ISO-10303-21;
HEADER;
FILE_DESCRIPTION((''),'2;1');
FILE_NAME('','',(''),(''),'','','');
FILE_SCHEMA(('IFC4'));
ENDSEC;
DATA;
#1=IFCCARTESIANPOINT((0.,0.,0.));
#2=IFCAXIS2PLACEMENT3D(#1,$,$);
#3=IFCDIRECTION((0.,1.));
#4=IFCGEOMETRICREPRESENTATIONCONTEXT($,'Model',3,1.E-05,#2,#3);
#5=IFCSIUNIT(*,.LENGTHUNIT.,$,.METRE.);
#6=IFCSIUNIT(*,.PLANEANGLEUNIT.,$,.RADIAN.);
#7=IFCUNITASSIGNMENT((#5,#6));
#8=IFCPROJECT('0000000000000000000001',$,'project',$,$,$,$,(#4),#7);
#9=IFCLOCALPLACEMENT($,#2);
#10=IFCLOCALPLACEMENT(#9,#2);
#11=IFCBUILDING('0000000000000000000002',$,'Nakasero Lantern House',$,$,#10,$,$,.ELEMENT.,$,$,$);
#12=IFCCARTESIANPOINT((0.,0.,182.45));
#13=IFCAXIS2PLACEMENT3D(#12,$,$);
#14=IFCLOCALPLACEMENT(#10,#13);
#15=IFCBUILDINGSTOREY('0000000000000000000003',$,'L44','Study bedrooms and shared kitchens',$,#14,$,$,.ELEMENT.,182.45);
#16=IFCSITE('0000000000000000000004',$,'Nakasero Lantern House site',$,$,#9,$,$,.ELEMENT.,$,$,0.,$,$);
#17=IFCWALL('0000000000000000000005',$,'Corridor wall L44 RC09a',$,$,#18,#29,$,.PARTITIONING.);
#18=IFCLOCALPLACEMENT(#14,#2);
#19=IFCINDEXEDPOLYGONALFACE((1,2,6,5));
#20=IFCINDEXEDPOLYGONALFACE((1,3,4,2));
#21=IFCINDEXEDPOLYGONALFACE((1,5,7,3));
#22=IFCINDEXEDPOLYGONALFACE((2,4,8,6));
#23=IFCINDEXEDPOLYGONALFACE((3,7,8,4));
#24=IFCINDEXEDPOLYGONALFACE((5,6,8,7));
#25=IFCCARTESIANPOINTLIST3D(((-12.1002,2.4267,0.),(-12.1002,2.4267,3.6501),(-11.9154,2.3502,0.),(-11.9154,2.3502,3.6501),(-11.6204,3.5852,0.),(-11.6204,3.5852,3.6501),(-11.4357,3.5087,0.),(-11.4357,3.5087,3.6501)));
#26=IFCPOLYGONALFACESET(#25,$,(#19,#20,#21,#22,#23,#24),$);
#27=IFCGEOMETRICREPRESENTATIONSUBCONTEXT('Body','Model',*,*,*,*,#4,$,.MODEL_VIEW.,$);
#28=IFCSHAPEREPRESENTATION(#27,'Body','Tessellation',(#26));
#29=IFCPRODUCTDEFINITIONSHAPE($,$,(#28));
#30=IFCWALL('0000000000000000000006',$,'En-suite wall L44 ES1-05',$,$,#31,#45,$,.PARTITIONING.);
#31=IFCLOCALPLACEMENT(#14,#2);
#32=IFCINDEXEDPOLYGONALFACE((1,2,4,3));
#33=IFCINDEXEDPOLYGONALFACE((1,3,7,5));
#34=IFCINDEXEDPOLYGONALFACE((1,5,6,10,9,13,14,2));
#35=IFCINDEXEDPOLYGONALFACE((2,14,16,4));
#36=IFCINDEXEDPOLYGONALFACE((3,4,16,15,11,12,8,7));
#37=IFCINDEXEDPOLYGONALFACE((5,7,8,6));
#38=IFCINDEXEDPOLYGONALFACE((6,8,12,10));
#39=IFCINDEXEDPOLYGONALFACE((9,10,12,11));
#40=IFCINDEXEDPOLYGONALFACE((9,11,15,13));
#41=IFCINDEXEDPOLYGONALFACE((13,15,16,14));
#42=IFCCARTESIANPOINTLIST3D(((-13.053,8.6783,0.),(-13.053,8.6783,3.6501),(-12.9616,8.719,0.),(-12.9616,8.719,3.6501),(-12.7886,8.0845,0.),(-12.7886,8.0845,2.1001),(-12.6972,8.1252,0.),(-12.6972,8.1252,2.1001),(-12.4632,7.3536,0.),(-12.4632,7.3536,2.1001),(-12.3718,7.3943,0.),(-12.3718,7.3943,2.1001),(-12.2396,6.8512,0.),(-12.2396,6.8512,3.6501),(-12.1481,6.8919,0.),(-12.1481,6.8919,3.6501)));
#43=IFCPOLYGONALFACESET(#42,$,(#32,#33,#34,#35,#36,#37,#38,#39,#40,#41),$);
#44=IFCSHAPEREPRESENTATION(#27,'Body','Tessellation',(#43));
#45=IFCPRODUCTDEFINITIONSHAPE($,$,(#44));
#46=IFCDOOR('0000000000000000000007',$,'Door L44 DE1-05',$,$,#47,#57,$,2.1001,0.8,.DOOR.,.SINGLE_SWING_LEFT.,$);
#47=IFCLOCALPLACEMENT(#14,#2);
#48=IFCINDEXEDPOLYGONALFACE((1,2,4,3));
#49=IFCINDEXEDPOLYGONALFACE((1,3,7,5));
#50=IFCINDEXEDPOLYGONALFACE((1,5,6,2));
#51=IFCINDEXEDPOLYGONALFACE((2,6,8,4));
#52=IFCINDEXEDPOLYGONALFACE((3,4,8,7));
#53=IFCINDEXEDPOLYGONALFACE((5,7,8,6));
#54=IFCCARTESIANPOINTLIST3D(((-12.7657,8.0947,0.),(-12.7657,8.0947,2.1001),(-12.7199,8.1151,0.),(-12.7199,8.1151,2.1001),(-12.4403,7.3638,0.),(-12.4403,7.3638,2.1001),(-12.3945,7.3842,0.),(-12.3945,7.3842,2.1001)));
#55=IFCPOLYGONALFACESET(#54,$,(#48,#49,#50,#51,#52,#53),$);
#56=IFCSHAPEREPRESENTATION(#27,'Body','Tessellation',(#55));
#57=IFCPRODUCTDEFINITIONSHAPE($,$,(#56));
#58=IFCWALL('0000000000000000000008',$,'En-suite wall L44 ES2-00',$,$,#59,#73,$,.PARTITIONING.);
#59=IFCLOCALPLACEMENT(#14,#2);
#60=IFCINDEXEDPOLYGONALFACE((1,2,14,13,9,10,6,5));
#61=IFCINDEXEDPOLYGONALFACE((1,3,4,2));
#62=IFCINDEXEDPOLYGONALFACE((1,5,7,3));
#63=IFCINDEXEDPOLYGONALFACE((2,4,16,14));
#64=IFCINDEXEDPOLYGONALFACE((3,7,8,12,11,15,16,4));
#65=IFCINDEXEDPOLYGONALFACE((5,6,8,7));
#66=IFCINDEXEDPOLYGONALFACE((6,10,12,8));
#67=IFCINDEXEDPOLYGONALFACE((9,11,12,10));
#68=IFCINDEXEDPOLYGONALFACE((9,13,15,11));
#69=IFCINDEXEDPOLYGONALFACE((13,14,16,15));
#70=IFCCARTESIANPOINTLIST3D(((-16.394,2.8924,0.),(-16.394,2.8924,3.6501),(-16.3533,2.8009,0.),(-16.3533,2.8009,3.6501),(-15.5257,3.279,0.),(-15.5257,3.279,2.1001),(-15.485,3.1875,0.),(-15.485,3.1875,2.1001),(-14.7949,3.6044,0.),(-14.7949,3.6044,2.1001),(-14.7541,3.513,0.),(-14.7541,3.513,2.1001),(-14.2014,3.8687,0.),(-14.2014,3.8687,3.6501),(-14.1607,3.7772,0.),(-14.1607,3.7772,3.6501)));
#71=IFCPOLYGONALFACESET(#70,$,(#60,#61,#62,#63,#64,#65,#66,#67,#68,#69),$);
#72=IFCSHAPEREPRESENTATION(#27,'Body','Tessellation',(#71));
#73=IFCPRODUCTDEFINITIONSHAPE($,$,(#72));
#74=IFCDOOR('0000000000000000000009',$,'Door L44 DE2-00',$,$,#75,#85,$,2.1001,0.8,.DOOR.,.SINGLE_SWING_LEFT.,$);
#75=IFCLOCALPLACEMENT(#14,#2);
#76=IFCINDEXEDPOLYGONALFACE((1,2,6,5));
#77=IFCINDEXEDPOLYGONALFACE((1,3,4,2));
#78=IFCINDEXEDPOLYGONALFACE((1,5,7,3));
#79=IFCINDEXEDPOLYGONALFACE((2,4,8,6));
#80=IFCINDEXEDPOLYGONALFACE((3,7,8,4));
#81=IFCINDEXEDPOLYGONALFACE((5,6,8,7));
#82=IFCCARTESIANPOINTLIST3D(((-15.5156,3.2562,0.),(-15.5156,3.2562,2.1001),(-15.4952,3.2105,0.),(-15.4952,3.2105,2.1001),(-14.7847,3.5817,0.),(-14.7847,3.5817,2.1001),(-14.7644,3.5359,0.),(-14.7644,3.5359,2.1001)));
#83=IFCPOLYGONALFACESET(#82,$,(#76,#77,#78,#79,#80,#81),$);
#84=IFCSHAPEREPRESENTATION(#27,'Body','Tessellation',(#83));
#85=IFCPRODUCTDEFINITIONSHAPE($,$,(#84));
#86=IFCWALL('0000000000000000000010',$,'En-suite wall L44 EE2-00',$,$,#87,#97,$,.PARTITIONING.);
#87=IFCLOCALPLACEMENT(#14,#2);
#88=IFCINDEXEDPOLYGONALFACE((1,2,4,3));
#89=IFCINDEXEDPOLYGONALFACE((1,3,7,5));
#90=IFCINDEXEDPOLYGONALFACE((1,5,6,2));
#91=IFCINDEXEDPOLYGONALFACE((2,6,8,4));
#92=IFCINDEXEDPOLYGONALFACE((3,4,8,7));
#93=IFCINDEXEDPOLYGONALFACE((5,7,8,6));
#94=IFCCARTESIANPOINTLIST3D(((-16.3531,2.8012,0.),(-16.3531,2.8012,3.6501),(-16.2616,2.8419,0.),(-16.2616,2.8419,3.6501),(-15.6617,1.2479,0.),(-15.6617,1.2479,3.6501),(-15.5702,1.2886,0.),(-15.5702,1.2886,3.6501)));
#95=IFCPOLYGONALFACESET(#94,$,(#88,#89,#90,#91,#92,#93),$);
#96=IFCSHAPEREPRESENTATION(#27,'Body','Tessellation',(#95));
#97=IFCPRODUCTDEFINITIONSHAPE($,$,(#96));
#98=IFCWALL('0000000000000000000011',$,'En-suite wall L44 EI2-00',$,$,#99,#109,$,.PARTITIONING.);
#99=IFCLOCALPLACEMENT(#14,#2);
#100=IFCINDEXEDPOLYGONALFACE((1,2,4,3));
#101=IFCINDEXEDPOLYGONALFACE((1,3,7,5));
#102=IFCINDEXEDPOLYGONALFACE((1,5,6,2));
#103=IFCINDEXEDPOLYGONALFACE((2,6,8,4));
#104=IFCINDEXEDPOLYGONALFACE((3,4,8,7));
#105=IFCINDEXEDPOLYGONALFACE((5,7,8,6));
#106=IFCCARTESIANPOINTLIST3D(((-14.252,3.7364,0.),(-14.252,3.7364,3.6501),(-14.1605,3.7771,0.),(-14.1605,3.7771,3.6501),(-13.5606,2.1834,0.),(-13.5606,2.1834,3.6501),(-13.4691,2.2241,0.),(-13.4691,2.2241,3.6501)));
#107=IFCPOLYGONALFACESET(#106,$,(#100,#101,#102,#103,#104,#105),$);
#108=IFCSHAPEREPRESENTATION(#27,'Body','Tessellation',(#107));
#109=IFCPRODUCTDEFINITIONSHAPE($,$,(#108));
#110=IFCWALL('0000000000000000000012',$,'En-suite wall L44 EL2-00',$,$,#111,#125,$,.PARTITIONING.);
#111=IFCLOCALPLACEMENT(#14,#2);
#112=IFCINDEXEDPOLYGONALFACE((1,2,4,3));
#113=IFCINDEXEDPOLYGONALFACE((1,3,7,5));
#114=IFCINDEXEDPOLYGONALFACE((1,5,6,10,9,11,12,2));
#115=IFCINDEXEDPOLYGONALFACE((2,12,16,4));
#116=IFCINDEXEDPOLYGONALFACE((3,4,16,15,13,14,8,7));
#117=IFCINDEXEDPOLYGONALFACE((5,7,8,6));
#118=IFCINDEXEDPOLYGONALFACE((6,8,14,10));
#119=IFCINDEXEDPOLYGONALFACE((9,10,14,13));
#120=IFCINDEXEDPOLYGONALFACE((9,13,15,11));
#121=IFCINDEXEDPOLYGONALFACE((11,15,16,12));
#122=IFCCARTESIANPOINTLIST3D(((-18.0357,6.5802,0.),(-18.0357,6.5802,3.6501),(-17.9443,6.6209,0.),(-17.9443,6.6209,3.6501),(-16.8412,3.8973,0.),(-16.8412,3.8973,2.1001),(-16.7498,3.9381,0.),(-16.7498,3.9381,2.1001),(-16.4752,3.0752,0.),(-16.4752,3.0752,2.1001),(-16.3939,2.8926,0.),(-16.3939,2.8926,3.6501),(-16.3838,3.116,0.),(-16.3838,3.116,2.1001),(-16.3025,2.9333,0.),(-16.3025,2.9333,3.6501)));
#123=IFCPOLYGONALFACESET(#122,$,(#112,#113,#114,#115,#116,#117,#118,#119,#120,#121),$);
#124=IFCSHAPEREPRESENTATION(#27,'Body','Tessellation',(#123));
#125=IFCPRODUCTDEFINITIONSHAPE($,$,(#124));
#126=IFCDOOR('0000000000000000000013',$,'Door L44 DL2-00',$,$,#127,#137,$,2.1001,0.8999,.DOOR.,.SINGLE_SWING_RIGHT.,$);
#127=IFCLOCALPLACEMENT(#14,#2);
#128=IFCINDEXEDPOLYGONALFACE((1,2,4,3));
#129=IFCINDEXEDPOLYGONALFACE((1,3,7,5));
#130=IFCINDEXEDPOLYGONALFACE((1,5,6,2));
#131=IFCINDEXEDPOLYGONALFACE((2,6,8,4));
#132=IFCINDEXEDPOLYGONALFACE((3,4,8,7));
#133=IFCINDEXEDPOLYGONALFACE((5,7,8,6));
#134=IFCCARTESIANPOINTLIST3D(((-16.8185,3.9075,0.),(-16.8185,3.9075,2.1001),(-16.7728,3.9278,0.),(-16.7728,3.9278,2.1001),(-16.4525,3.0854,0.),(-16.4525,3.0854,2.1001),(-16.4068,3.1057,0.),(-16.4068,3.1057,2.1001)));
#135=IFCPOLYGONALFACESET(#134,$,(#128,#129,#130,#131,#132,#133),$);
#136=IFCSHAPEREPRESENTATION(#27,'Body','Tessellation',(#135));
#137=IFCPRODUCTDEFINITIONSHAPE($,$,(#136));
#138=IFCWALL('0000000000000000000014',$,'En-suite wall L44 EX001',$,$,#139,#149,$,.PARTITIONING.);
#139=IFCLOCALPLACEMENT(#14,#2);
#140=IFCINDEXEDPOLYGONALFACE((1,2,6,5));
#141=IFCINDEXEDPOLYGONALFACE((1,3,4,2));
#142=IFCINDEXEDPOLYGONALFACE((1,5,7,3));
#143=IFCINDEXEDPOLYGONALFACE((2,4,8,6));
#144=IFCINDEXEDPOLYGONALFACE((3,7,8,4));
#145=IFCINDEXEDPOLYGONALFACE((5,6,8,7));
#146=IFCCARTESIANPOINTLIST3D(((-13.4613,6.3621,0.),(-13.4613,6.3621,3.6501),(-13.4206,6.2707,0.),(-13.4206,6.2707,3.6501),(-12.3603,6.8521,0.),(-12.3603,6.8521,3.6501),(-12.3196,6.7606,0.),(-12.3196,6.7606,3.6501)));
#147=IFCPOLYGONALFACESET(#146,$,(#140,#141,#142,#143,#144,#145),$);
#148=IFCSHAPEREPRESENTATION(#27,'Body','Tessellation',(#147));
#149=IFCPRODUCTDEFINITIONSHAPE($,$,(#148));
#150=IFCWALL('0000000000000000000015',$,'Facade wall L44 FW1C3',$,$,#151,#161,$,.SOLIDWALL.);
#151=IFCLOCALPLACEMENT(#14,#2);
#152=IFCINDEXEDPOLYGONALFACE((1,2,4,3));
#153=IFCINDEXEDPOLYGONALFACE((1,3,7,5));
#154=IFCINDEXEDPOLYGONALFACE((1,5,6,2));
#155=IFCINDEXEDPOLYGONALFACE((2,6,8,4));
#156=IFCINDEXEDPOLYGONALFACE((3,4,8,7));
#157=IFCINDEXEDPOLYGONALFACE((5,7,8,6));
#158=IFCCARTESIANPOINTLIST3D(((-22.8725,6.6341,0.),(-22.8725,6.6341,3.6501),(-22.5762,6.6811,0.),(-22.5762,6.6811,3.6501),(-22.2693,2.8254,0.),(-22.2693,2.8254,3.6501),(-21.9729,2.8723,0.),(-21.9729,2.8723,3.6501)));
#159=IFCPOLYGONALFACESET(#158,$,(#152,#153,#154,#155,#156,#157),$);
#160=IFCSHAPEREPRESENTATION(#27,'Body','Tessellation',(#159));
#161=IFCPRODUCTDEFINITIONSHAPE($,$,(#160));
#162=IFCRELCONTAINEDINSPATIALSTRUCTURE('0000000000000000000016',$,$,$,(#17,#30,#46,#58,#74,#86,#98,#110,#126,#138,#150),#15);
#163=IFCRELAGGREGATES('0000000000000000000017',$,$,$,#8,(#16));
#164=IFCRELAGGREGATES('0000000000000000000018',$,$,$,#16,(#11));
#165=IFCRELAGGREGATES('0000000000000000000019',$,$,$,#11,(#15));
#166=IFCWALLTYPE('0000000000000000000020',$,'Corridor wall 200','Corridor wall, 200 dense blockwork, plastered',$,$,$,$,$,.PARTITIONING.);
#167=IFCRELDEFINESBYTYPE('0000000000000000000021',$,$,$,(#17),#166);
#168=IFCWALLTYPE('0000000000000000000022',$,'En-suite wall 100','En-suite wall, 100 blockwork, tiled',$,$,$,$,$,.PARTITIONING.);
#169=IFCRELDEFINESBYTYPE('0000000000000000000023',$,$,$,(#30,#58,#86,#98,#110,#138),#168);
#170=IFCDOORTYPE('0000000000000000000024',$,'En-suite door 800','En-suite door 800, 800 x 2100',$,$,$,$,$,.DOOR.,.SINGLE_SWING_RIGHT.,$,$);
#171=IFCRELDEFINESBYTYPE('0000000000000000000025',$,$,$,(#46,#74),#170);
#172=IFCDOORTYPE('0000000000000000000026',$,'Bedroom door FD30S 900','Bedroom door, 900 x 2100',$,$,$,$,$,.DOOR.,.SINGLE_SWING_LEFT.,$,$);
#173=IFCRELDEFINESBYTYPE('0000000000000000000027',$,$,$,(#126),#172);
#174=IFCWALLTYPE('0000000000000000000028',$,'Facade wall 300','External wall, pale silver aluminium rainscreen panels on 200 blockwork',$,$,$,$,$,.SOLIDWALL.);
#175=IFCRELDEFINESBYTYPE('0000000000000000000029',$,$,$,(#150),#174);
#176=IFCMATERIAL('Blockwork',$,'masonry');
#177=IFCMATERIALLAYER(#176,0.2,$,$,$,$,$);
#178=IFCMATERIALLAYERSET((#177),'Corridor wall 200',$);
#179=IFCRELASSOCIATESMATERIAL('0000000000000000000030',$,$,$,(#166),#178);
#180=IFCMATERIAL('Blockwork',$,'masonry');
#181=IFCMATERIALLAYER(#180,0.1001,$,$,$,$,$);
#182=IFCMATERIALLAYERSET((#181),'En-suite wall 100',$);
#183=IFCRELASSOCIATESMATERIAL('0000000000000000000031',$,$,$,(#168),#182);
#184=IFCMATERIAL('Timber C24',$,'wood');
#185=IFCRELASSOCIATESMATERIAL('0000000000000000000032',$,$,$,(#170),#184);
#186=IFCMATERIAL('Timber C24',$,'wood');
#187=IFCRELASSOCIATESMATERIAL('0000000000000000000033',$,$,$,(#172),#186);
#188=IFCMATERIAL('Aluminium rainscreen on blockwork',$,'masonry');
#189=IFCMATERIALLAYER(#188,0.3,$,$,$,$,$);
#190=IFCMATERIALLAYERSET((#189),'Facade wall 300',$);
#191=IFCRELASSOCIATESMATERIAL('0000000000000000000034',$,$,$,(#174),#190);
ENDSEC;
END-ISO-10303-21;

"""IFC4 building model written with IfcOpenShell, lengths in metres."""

from ifc_helpers import new_model, si_unit, direction, frame, frame_2d, origin, place, context, subcontext, project, spatial, rectangle, extrude, material, layer, layer_set, type_object, element, fill, save


model = new_model("IFC4")

# Units and contexts
model_context = context("Model", 3, precision=1e-05, world=origin(), true_north=direction((0.0, 1.0)))
body_context = subcontext(model_context, "Body", "Model", "MODEL_VIEW")
ifc_project = project(units=[si_unit("LENGTHUNIT", "METRE"), si_unit("PLANEANGLEUNIT", "RADIAN")], contexts=[model_context])

# Site, building, storey
site_placement = place(None, origin())
site = spatial("IfcSite", under=ifc_project, at=site_placement, Name="Nakasero Lantern House site", CompositionType="ELEMENT", RefElevation=0.0)
building_placement = place(site_placement, origin())
building = spatial("IfcBuilding", under=site, at=building_placement, Name="Nakasero Lantern House", CompositionType="ELEMENT")
storey_placement = place(building_placement, frame((0.0, 0.0, 182.45)))
storey = spatial("IfcBuildingStorey", under=building, at=storey_placement, Name="L44", Description="Study bedrooms and shared kitchens", CompositionType="ELEMENT", Elevation=182.45)

# Wall
ifc_material_1 = material(Name="Blockwork", Category="masonry")
ifc_layer_1 = layer(ifc_material_1, 0.2)
ifc_layer_set_1 = layer_set([ifc_layer_1], Name="Corridor wall 200")
wall_type_1 = type_object("IfcWallType", Name="Corridor wall 200", Description="Corridor wall, 200 dense blockwork, plastered", PredefinedType="PARTITIONING", material=ifc_layer_set_1)
wall_1_placement = place(storey_placement, frame((-12.0078, 2.3884, 0.0), z_axis=(0.0, 0.0, 1.0), x_axis=(0.38261, 0.92391, 0.0)))
element("IfcWall", 1, at=wall_1_placement, inside=storey, type_object=wall_type_1, Name="Corridor wall L44 RC09a", PredefinedType="PARTITIONING", context=body_context, shape_type="SweptSolid", body=[
    extrude(rectangle(XDim=1.2539, YDim=0.2, at=frame_2d((0.627, 0.0))), origin(), (0.0, 0.0, 1.0), 3.6501),
])

# Walls, openings, doors
ifc_material_2 = material(Name="Blockwork", Category="masonry")
ifc_layer_2 = layer(ifc_material_2, 0.1001)
ifc_layer_set_2 = layer_set([ifc_layer_2], Name="En-suite wall 100")
wall_type_2 = type_object("IfcWallType", Name="En-suite wall 100", Description="En-suite wall, 100 blockwork, tiled", PredefinedType="PARTITIONING", material=ifc_layer_set_2)
wall_2_placement = place(storey_placement, frame((-12.1938, 6.8716, 0.0), z_axis=(0.0, 0.0, 1.0), x_axis=(-0.406727, 0.91355, 0.0)))
wall_2 = element("IfcWall", 2, at=wall_2_placement, inside=storey, type_object=wall_type_2, Name="En-suite wall L44 ES1-05", PredefinedType="PARTITIONING", context=body_context, shape_type="SweptSolid", body=[
    extrude(rectangle(XDim=2.0, YDim=0.1001, at=frame_2d((1.0, 0.0))), origin(), (0.0, 0.0, 1.0), 3.6501),
])
opening_1_placement = place(wall_2_placement, frame((0.55, 0.0, 0.0)))
opening_1 = element("IfcOpeningElement", 3, at=opening_1_placement, cuts=wall_2, PredefinedType="OPENING", context=body_context, shape_type="SweptSolid", body=[
    extrude(rectangle(XDim=0.8, YDim=2.1001, at=frame_2d((0.3999, 1.05))), frame((0.0, 0.0701, 0.0), z_axis=(0.0, -1.0, 0.0), x_axis=(1.0, 0.0, 0.0)), (0.0, 0.0, 1.0), 0.1401),
])
ifc_material_3 = material(Name="Timber C24", Category="wood")
door_type_1 = type_object("IfcDoorType", Name="En-suite door 800", Description="En-suite door 800, 800 x 2100", OperationType="SINGLE_SWING_RIGHT", PredefinedType="DOOR", material=ifc_material_3)
door_1_placement = place(opening_1_placement, origin())
door_1 = element("IfcDoor", 4, at=door_1_placement, inside=storey, type_object=door_type_1, Name="Door L44 DE1-05", OperationType="SINGLE_SWING_LEFT", OverallHeight=2.1001, OverallWidth=0.8, PredefinedType="DOOR", context=body_context, shape_type="SweptSolid", body=[
    extrude(rectangle(XDim=0.8, YDim=2.1001, at=frame_2d((0.3999, 1.05))), frame((0.0, 0.0249, 0.0), z_axis=(0.0, -1.0, 0.0), x_axis=(1.0, 0.0, 0.0)), (0.0, 0.0, 1.0), 0.05),
])
fill(opening_1, door_1)
wall_3_placement = place(storey_placement, frame((-14.1809, 3.823, 0.0), z_axis=(0.0, 0.0, 1.0), x_axis=(-0.91353, -0.406771, 0.0)))
wall_3 = element("IfcWall", 5, at=wall_3_placement, inside=storey, type_object=wall_type_2, Name="En-suite wall L44 ES2-00", PredefinedType="PARTITIONING", context=body_context, shape_type="SweptSolid", body=[
    extrude(rectangle(XDim=2.4001, YDim=0.1001, at=frame_2d((1.2002, 0.0))), origin(), (0.0, 0.0, 1.0), 3.6501),
])
opening_2_placement = place(wall_3_placement, frame((0.6499, 0.0, 0.0)))
opening_2 = element("IfcOpeningElement", 6, at=opening_2_placement, cuts=wall_3, PredefinedType="OPENING", context=body_context, shape_type="SweptSolid", body=[
    extrude(rectangle(XDim=0.8, YDim=2.1001, at=frame_2d((0.3999, 1.05))), frame((0.0, 0.0701, 0.0), z_axis=(0.0, -1.0, 0.0), x_axis=(1.0, 0.0, 0.0)), (0.0, 0.0, 1.0), 0.1401),
])
door_2_placement = place(opening_2_placement, origin())
door_2 = element("IfcDoor", 7, at=door_2_placement, inside=storey, type_object=door_type_1, Name="Door L44 DE2-00", OperationType="SINGLE_SWING_LEFT", OverallHeight=2.1001, OverallWidth=0.8, PredefinedType="DOOR", context=body_context, shape_type="SweptSolid", body=[
    extrude(rectangle(XDim=0.8, YDim=2.1001, at=frame_2d((0.3999, 1.05))), frame((0.0, 0.0249, 0.0), z_axis=(0.0, -1.0, 0.0), x_axis=(1.0, 0.0, 0.0)), (0.0, 0.0, 1.0), 0.05),
])
fill(opening_2, door_2)

# Walls
wall_4_placement = place(storey_placement, frame((-16.3074, 2.8215, 0.0), z_axis=(0.0, 0.0, 1.0), x_axis=(0.406671, -0.913575, 0.0)))
element("IfcWall", 8, at=wall_4_placement, inside=storey, type_object=wall_type_2, Name="En-suite wall L44 EE2-00", PredefinedType="PARTITIONING", context=body_context, shape_type="SweptSolid", body=[
    extrude(rectangle(XDim=1.7002, YDim=0.1001, at=frame_2d((0.8501, 0.0))), origin(), (0.0, 0.0, 1.0), 3.6501),
])
wall_5_placement = place(storey_placement, frame((-14.2063, 3.7568, 0.0), z_axis=(0.0, 0.0, 1.0), x_axis=(0.406725, -0.913551, 0.0)))
element("IfcWall", 9, at=wall_5_placement, inside=storey, type_object=wall_type_2, Name="En-suite wall L44 EI2-00", PredefinedType="PARTITIONING", context=body_context, shape_type="SweptSolid", body=[
    extrude(rectangle(XDim=1.7, YDim=0.1001, at=frame_2d((0.8501, 0.0))), origin(), (0.0, 0.0, 1.0), 3.6501),
])

# Wall, opening, door
wall_6_placement = place(storey_placement, frame((-17.99, 6.6006, 0.0), z_axis=(0.0, 0.0, 1.0), x_axis=(0.406728, -0.913549, 0.0)))
wall_6 = element("IfcWall", 10, at=wall_6_placement, inside=storey, type_object=wall_type_2, Name="En-suite wall L44 EL2-00", PredefinedType="PARTITIONING", context=body_context, shape_type="SweptSolid", body=[
    extrude(rectangle(XDim=4.0366, YDim=0.1001, at=frame_2d((2.0183, 0.0))), origin(), (0.0, 0.0, 1.0), 3.6501),
])
opening_3_placement = place(wall_6_placement, frame((2.9368, 0.0, 0.0)))
opening_3 = element("IfcOpeningElement", 11, at=opening_3_placement, cuts=wall_6, PredefinedType="OPENING", context=body_context, shape_type="SweptSolid", body=[
    extrude(rectangle(XDim=0.8999, YDim=2.1001, at=frame_2d((0.45, 1.05))), frame((0.0, 0.0701, 0.0), z_axis=(0.0, -1.0, 0.0), x_axis=(1.0, 0.0, 0.0)), (0.0, 0.0, 1.0), 0.1401),
])
ifc_material_4 = material(Name="Timber C24", Category="wood")
door_type_2 = type_object("IfcDoorType", Name="Bedroom door FD30S 900", Description="Bedroom door, 900 x 2100", OperationType="SINGLE_SWING_LEFT", PredefinedType="DOOR", material=ifc_material_4)
door_3_placement = place(opening_3_placement, origin())
door_3 = element("IfcDoor", 12, at=door_3_placement, inside=storey, type_object=door_type_2, Name="Door L44 DL2-00", OperationType="SINGLE_SWING_RIGHT", OverallHeight=2.1001, OverallWidth=0.8999, PredefinedType="DOOR", context=body_context, shape_type="SweptSolid", body=[
    extrude(rectangle(XDim=0.8999, YDim=2.1001, at=frame_2d((0.45, 1.05))), frame((0.0, 0.0249, 0.0), z_axis=(0.0, -1.0, 0.0), x_axis=(1.0, 0.0, 0.0)), (0.0, 0.0, 1.0), 0.05),
])
fill(opening_3, door_3)

# Walls
wall_7_placement = place(storey_placement, frame((-13.4409, 6.3164, 0.0), z_axis=(0.0, 0.0, 1.0), x_axis=(0.913619, 0.406571, 0.0)))
element("IfcWall", 13, at=wall_7_placement, inside=storey, type_object=wall_type_2, Name="En-suite wall L44 EX001", PredefinedType="PARTITIONING", context=body_context, shape_type="SweptSolid", body=[
    extrude(rectangle(XDim=1.2051, YDim=0.1001, at=frame_2d((0.6025, 0.0))), origin(), (0.0, 0.0, 1.0), 3.6501),
])
ifc_material_5 = material(Name="Aluminium rainscreen on blockwork", Category="masonry")
ifc_layer_3 = layer(ifc_material_5, 0.3)
ifc_layer_set_3 = layer_set([ifc_layer_3], Name="Facade wall 300")
wall_type_3 = type_object("IfcWallType", Name="Facade wall 300", Description="External wall, pale silver aluminium rainscreen panels on 200 blockwork", PredefinedType="SOLIDWALL", material=ifc_layer_set_3)
wall_8_placement = place(storey_placement, frame((-22.7244, 6.6577, 0.0), z_axis=(0.0, 0.0, 1.0), x_axis=(0.156437, -0.987688, 0.0)))
element("IfcWall", 14, at=wall_8_placement, inside=storey, type_object=wall_type_3, Name="Facade wall L44 FW1C3", PredefinedType="SOLIDWALL", context=body_context, shape_type="SweptSolid", body=[
    extrude(rectangle(XDim=3.8562, YDim=0.3, at=frame_2d((1.9282, 0.0))), origin(), (0.0, 0.0, 1.0), 3.6501),
])

save(model, "model.ifc")
